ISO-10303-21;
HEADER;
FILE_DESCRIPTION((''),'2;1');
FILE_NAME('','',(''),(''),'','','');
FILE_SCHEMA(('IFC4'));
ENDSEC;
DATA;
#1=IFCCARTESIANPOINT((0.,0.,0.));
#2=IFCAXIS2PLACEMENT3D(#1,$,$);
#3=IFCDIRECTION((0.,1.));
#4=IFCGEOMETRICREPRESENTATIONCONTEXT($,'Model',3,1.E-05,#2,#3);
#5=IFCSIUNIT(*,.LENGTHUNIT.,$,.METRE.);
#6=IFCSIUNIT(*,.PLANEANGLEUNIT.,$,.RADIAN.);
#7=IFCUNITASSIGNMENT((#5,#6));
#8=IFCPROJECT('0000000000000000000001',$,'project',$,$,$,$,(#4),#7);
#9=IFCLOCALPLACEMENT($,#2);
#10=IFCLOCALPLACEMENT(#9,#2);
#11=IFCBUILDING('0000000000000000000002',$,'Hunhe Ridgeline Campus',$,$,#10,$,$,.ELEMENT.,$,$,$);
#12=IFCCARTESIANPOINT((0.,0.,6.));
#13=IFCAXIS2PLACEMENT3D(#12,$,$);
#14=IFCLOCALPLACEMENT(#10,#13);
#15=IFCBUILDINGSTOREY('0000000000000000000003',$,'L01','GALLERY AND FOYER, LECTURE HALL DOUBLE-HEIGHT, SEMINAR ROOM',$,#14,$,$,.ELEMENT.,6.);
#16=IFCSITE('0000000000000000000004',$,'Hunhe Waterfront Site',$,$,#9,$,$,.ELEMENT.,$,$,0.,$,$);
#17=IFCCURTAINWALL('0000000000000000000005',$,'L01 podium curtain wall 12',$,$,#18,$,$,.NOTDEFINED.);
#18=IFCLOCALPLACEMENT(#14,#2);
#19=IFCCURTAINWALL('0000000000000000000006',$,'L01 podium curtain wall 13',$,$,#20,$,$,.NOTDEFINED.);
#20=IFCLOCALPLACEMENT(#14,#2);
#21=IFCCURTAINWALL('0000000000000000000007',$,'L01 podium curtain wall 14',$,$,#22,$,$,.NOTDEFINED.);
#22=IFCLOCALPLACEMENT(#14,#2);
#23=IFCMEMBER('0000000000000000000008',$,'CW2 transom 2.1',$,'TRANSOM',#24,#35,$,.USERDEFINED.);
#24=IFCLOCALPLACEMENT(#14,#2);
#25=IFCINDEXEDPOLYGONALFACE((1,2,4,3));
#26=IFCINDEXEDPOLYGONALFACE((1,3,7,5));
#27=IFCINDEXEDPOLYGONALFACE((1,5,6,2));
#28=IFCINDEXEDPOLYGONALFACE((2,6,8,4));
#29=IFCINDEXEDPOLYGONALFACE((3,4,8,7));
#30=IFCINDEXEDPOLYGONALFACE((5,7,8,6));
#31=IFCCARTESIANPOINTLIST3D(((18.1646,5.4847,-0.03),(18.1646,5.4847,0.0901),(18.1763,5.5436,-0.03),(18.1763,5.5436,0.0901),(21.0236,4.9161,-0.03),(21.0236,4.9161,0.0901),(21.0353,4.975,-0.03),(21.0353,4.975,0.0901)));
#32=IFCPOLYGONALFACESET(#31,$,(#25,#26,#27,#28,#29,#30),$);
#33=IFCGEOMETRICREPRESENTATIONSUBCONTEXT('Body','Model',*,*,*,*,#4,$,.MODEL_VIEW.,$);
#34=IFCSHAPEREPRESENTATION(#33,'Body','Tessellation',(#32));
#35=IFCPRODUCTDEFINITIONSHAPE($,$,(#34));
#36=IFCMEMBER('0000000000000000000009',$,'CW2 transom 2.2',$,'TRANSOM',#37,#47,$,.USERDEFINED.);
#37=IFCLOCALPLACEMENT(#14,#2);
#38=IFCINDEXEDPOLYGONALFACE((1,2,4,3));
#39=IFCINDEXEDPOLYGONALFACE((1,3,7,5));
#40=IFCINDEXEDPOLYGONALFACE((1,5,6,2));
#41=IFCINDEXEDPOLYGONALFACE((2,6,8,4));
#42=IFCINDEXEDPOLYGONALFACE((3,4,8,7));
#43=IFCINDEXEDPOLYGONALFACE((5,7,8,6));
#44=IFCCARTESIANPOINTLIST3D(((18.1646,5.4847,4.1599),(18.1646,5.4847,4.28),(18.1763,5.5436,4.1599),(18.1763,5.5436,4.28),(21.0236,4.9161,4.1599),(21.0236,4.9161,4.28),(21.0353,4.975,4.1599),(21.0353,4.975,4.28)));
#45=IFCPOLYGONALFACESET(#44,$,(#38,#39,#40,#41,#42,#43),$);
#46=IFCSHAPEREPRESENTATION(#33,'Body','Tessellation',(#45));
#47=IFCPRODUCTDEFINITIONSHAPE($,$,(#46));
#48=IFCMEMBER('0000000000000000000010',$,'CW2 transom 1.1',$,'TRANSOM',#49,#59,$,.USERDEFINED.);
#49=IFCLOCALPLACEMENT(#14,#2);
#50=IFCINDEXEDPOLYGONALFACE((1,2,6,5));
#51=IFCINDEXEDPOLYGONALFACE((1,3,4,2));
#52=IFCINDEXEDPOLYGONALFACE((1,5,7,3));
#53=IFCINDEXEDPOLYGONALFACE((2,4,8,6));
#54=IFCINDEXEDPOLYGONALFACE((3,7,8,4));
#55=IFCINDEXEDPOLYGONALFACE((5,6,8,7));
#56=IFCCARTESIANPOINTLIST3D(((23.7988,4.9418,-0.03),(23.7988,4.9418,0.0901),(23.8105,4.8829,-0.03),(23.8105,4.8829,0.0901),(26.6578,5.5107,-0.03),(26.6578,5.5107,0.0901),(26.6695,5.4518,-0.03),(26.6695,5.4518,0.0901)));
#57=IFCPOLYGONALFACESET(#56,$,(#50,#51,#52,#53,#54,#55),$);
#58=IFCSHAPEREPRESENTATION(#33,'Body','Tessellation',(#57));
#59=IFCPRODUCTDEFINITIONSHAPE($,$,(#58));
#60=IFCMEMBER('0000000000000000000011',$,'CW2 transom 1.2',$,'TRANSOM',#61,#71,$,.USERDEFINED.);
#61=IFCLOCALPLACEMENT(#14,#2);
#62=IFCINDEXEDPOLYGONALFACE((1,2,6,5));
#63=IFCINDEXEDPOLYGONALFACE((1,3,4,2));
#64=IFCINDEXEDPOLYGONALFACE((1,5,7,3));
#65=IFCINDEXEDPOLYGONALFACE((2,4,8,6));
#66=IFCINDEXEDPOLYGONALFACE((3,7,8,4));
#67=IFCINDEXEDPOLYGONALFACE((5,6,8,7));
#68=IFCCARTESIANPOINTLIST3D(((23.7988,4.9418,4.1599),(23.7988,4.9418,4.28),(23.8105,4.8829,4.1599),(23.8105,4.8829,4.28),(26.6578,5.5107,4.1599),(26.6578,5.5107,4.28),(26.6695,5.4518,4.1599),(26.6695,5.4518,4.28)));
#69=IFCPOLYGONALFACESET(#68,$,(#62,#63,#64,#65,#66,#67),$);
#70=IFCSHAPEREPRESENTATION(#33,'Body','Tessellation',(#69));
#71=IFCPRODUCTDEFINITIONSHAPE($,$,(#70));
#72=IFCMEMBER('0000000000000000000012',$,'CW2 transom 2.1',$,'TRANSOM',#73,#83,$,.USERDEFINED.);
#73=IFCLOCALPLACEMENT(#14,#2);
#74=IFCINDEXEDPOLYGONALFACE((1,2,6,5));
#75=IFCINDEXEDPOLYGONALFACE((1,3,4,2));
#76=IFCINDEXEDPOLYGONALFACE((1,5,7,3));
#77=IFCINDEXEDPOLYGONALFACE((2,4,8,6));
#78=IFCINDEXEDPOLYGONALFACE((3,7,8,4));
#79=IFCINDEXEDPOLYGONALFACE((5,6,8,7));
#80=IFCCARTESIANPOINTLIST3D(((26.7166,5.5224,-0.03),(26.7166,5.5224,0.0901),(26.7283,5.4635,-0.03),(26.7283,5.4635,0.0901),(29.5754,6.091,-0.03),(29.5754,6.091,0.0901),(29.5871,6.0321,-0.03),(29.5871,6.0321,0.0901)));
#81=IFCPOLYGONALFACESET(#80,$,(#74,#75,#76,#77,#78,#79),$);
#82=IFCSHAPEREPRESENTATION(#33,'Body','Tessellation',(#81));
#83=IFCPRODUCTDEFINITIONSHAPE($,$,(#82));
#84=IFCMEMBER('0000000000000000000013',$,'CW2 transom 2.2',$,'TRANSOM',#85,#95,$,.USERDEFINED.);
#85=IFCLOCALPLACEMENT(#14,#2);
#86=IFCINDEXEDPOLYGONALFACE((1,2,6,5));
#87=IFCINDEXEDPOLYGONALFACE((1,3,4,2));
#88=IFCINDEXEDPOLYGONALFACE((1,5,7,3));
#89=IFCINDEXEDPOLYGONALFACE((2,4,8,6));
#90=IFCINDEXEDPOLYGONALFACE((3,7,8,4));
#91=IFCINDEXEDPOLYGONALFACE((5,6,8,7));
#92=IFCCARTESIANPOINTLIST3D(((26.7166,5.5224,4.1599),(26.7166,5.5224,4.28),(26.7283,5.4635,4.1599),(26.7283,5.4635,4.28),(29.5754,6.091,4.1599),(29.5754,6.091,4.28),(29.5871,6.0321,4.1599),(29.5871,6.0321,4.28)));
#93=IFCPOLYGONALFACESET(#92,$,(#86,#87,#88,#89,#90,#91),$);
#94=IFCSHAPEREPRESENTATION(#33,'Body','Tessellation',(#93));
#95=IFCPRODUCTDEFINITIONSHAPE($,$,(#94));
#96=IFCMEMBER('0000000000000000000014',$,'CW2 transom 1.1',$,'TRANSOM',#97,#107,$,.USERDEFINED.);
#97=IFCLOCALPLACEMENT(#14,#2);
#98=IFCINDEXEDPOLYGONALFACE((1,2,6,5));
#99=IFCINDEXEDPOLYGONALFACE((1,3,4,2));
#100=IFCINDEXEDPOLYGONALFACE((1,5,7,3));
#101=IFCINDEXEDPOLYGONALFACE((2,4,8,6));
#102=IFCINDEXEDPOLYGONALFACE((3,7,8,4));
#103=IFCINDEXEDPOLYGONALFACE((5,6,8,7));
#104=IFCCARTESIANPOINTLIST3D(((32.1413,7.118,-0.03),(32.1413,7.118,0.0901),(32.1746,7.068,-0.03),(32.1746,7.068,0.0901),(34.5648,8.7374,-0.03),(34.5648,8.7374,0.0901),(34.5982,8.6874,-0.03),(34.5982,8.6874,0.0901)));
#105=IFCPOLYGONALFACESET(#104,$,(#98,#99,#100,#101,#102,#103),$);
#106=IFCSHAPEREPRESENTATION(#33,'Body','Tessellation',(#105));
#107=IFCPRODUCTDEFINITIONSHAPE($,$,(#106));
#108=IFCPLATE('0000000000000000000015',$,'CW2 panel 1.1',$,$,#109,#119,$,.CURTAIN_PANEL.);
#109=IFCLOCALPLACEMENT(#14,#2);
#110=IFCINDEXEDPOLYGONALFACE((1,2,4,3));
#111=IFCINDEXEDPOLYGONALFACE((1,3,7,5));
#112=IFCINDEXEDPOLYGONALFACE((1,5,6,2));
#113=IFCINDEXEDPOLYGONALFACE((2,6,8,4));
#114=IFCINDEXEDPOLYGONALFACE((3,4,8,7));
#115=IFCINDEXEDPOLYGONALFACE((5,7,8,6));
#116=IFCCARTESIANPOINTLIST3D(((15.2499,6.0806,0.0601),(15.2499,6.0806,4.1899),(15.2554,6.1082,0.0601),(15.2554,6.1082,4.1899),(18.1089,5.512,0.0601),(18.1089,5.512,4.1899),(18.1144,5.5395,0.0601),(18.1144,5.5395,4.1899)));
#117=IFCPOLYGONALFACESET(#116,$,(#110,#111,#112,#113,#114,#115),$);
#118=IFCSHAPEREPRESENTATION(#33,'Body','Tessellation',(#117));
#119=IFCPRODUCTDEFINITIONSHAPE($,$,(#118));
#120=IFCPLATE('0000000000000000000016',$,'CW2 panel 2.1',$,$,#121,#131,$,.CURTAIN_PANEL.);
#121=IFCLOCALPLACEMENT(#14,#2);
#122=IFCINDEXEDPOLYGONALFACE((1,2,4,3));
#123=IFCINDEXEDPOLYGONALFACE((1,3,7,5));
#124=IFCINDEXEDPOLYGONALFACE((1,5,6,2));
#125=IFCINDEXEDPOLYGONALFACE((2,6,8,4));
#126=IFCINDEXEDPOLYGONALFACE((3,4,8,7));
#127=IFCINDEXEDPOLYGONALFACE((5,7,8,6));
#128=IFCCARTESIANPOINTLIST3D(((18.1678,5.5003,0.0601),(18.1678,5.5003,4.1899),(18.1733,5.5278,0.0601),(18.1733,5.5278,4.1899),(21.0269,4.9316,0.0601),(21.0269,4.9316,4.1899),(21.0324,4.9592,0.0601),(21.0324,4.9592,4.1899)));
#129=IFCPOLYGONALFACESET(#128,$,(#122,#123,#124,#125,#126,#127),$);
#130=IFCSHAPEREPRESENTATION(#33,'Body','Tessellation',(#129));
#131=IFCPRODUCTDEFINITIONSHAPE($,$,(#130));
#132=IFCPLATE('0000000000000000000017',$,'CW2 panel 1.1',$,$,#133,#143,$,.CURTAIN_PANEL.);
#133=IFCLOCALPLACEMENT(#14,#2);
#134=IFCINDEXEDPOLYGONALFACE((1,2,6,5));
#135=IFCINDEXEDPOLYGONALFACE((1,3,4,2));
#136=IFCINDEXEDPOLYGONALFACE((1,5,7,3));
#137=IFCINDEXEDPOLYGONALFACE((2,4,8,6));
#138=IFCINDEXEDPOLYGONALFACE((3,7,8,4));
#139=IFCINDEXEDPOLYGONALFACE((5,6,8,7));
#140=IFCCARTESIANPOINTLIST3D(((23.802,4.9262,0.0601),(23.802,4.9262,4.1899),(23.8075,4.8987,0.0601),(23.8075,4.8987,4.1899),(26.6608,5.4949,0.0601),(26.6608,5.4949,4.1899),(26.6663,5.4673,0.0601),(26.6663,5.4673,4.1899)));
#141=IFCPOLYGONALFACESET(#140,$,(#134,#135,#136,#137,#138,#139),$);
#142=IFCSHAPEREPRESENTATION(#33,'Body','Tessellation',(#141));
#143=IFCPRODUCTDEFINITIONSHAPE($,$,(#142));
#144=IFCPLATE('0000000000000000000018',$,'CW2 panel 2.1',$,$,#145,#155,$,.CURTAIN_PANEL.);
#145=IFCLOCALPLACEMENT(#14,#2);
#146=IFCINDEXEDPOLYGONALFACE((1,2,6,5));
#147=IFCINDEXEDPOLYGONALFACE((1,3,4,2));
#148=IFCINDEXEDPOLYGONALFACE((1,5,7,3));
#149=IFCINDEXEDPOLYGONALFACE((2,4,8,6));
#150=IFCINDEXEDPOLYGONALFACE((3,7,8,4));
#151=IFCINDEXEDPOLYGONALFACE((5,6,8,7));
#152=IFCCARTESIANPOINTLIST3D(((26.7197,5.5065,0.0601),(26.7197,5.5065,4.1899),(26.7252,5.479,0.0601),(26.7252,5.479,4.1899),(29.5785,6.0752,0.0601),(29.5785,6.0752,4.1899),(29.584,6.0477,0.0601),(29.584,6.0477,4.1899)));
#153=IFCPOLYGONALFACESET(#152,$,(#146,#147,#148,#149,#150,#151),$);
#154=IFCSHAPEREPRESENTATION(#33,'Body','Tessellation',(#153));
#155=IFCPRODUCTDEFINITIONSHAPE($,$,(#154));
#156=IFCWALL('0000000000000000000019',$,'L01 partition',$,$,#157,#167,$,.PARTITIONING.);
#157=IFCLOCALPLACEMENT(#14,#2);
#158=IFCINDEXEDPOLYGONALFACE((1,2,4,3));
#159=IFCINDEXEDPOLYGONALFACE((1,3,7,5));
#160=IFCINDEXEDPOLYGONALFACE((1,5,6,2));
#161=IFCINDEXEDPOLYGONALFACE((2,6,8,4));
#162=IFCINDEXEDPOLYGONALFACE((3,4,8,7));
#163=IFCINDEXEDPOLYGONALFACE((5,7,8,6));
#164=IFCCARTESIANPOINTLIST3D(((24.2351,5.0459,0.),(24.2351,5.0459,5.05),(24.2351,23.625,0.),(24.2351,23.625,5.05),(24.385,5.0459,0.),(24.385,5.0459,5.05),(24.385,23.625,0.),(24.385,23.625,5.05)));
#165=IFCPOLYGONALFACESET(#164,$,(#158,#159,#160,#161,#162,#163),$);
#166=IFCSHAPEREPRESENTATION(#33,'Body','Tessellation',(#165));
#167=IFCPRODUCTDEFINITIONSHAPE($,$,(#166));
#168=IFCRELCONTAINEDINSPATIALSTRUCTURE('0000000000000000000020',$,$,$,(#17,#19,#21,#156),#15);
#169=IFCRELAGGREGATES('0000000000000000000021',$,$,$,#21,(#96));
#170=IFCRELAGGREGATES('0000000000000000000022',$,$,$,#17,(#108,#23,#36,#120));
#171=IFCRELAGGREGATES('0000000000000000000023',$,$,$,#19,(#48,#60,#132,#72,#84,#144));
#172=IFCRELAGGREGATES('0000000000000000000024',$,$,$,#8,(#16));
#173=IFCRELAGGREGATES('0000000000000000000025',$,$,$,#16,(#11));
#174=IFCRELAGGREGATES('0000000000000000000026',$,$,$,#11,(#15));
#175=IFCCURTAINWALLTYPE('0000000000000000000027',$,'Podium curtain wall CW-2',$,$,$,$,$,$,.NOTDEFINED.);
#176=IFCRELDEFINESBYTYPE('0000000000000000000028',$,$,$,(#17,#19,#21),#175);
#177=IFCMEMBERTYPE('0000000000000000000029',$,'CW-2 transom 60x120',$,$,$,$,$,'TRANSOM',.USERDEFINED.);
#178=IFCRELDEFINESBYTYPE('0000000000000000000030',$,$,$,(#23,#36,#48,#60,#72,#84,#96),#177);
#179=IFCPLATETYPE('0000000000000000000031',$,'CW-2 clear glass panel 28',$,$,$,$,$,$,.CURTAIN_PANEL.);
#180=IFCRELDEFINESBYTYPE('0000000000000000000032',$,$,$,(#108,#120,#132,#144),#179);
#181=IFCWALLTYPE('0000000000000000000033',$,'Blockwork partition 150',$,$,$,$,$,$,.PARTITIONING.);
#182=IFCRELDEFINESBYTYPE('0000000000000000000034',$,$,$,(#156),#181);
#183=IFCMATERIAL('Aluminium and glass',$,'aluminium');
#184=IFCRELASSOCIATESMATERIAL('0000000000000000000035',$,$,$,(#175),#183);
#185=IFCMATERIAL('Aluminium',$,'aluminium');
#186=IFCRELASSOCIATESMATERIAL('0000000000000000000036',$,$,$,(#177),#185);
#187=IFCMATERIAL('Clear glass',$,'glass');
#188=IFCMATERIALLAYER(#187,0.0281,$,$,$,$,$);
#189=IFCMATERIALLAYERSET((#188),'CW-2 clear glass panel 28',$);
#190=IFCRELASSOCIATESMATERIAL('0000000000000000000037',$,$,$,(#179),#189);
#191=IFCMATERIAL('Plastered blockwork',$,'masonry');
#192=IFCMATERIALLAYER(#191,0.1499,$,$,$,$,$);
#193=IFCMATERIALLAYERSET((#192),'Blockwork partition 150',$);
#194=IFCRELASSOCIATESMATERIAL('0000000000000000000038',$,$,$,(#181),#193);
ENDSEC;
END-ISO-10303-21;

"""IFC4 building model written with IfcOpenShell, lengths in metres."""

from ifc_helpers import new_model, si_unit, direction, frame, frame_2d, origin, origin_2d, place, context, subcontext, project, spatial, rectangle, extrude, material, layer, layer_set, material_profile, profile_set, type_object, element, aggregate, save


model = new_model("IFC4")

# Units and contexts
model_context = context("Model", 3, precision=1e-05, world=origin(), true_north=direction((0.0, 1.0)))
body_context = subcontext(model_context, "Body", "Model", "MODEL_VIEW")
ifc_project = project(units=[si_unit("LENGTHUNIT", "METRE"), si_unit("PLANEANGLEUNIT", "RADIAN")], contexts=[model_context])

# Site, building, storey
site_placement = place(None, origin())
site = spatial("IfcSite", under=ifc_project, at=site_placement, Name="Hunhe Waterfront Site", CompositionType="ELEMENT", RefElevation=0.0)
building_placement = place(site_placement, origin())
building = spatial("IfcBuilding", under=site, at=building_placement, Name="Hunhe Ridgeline Campus", CompositionType="ELEMENT")
storey_placement = place(building_placement, frame((0.0, 0.0, 6.0)))
storey = spatial("IfcBuildingStorey", under=building, at=storey_placement, Name="L01", Description="GALLERY AND FOYER, LECTURE HALL DOUBLE-HEIGHT, SEMINAR ROOM", CompositionType="ELEMENT", Elevation=6.0)

# Curtain walls
ifc_material_1 = material(Name="Aluminium and glass", Category="aluminium")
curtain_wall_type = type_object("IfcCurtainWallType", Name="Podium curtain wall CW-2", PredefinedType="NOTDEFINED", material=ifc_material_1)
curtain_wall_1_placement = place(storey_placement, origin())
curtain_wall_1 = element("IfcCurtainWall", 1, at=curtain_wall_1_placement, inside=storey, type_object=curtain_wall_type, Name="L01 podium curtain wall 12", PredefinedType="NOTDEFINED")
ifc_material_2 = material(Name="Aluminium", Category="aluminium")
curtain_wall_2_placement = place(storey_placement, origin())
curtain_wall_2 = element("IfcCurtainWall", 2, at=curtain_wall_2_placement, inside=storey, type_object=curtain_wall_type, Name="L01 podium curtain wall 13", PredefinedType="NOTDEFINED")

# Curtain wall
curtain_wall_3_placement = place(storey_placement, origin())
curtain_wall_3 = element("IfcCurtainWall", 3, at=curtain_wall_3_placement, inside=storey, type_object=curtain_wall_type, Name="L01 podium curtain wall 14", PredefinedType="NOTDEFINED")

# Members
ifc_material_profile_1 = material_profile(ifc_material_2, rectangle(XDim=0.0601, YDim=0.1201, at=origin_2d()))
ifc_profile_set_1 = profile_set([ifc_material_profile_1], Name="Aluminium")
member_type_1 = type_object("IfcMemberType", Name="CW-2 transom 60x120", ElementType="TRANSOM", PredefinedType="USERDEFINED", material=ifc_profile_set_1)
member_1_placement = place(storey_placement, frame((18.1704, 5.5142, 0.03), z_axis=(0.980793, -0.195053, 0.0), x_axis=(0.195053, 0.980793, 0.0)))
member_1 = element("IfcMember", 4, at=member_1_placement, type_object=member_type_1, Name="CW2 transom 2.1", ObjectType="TRANSOM", PredefinedType="USERDEFINED", context=body_context, shape_type="SweptSolid", body=[
    extrude(rectangle(XDim=0.0601, YDim=0.1201, at=origin_2d()), origin(), (0.0, 0.0, 1.0), 2.915),
])
member_2_placement = place(storey_placement, frame((18.1704, 5.5142, 4.22), z_axis=(0.980793, -0.195053, 0.0), x_axis=(0.195053, 0.980793, 0.0)))
member_2 = element("IfcMember", 5, at=member_2_placement, type_object=member_type_1, Name="CW2 transom 2.2", ObjectType="TRANSOM", PredefinedType="USERDEFINED", context=body_context, shape_type="SweptSolid", body=[
    extrude(rectangle(XDim=0.0601, YDim=0.1201, at=origin_2d()), origin(), (0.0, 0.0, 1.0), 2.915),
])
member_3_placement = place(storey_placement, frame((23.8047, 4.9124, 0.03), z_axis=(0.980773, 0.19515, 0.0), x_axis=(-0.19515, 0.980773, 0.0)))
member_3 = element("IfcMember", 6, at=member_3_placement, type_object=member_type_1, Name="CW2 transom 1.1", ObjectType="TRANSOM", PredefinedType="USERDEFINED", context=body_context, shape_type="SweptSolid", body=[
    extrude(rectangle(XDim=0.0601, YDim=0.1201, at=origin_2d()), origin(), (0.0, 0.0, 1.0), 2.915),
])
member_4_placement = place(storey_placement, frame((23.8047, 4.9124, 4.22), z_axis=(0.980773, 0.19515, 0.0), x_axis=(-0.19515, 0.980773, 0.0)))
member_4 = element("IfcMember", 7, at=member_4_placement, type_object=member_type_1, Name="CW2 transom 1.2", ObjectType="TRANSOM", PredefinedType="USERDEFINED", context=body_context, shape_type="SweptSolid", body=[
    extrude(rectangle(XDim=0.0601, YDim=0.1201, at=origin_2d()), origin(), (0.0, 0.0, 1.0), 2.915),
])
member_5_placement = place(storey_placement, frame((26.7224, 5.4929, 0.03), z_axis=(0.98079, 0.195069, 0.0), x_axis=(-0.195069, 0.98079, 0.0)))
member_5 = element("IfcMember", 8, at=member_5_placement, type_object=member_type_1, Name="CW2 transom 2.1", ObjectType="TRANSOM", PredefinedType="USERDEFINED", context=body_context, shape_type="SweptSolid", body=[
    extrude(rectangle(XDim=0.0601, YDim=0.1201, at=origin_2d()), origin(), (0.0, 0.0, 1.0), 2.9148),
])
member_6_placement = place(storey_placement, frame((26.7224, 5.4929, 4.22), z_axis=(0.98079, 0.195069, 0.0), x_axis=(-0.195069, 0.98079, 0.0)))
member_6 = element("IfcMember", 9, at=member_6_placement, type_object=member_type_1, Name="CW2 transom 2.2", ObjectType="TRANSOM", PredefinedType="USERDEFINED", context=body_context, shape_type="SweptSolid", body=[
    extrude(rectangle(XDim=0.0601, YDim=0.1201, at=origin_2d()), origin(), (0.0, 0.0, 1.0), 2.9148),
])
member_7_placement = place(storey_placement, frame((32.158, 7.093, 0.03), z_axis=(0.83147, 0.55557, 0.0), x_axis=(-0.55557, 0.83147, 0.0)))
member_7 = element("IfcMember", 10, at=member_7_placement, type_object=member_type_1, Name="CW2 transom 1.1", ObjectType="TRANSOM", PredefinedType="USERDEFINED", context=body_context, shape_type="SweptSolid", body=[
    extrude(rectangle(XDim=0.0601, YDim=0.1201, at=origin_2d()), origin(), (0.0, 0.0, 1.0), 2.9148),
])
aggregate(curtain_wall_3, [member_7])

# Plates
ifc_material_3 = material(Name="Clear glass", Category="glass")
ifc_layer_1 = layer(ifc_material_3, 0.0281)
ifc_layer_set_1 = layer_set([ifc_layer_1], Name="CW-2 clear glass panel 28")
plate_type = type_object("IfcPlateType", Name="CW-2 clear glass panel 28", PredefinedType="CURTAIN_PANEL", material=ifc_layer_set_1)
plate_1_placement = place(storey_placement, frame((16.6821, 5.8101, 0.0601), z_axis=(0.0, 0.0, 1.0), x_axis=(0.980787, -0.195079, 0.0)))
plate_1 = element("IfcPlate", 11, at=plate_1_placement, type_object=plate_type, Name="CW2 panel 1.1", PredefinedType="CURTAIN_PANEL", context=body_context, shape_type="SweptSolid", body=[
    extrude(rectangle(XDim=2.915, YDim=0.0281, at=origin_2d()), origin(), (0.0, 0.0, 1.0), 4.1299),
])
plate_2_placement = place(storey_placement, frame((19.6001, 5.2297, 0.0601), z_axis=(0.0, 0.0, 1.0), x_axis=(0.980787, -0.195079, 0.0)))
plate_2 = element("IfcPlate", 12, at=plate_2_placement, type_object=plate_type, Name="CW2 panel 2.1", PredefinedType="CURTAIN_PANEL", context=body_context, shape_type="SweptSolid", body=[
    extrude(rectangle(XDim=2.915, YDim=0.0281, at=origin_2d()), origin(), (0.0, 0.0, 1.0), 4.1299),
])
aggregate(curtain_wall_1, [plate_1, member_1, member_2, plate_2])
plate_3_placement = place(storey_placement, frame((25.2341, 5.1968, 0.0601), z_axis=(0.0, 0.0, 1.0), x_axis=(0.980784, 0.195098, 0.0)))
plate_3 = element("IfcPlate", 13, at=plate_3_placement, type_object=plate_type, Name="CW2 panel 1.1", PredefinedType="CURTAIN_PANEL", context=body_context, shape_type="SweptSolid", body=[
    extrude(rectangle(XDim=2.9148, YDim=0.0281, at=origin_2d()), origin(), (0.0, 0.0, 1.0), 4.1299),
])
plate_4_placement = place(storey_placement, frame((28.1519, 5.7771, 0.0601), z_axis=(0.0, 0.0, 1.0), x_axis=(0.980784, 0.195098, 0.0)))
plate_4 = element("IfcPlate", 14, at=plate_4_placement, type_object=plate_type, Name="CW2 panel 2.1", PredefinedType="CURTAIN_PANEL", context=body_context, shape_type="SweptSolid", body=[
    extrude(rectangle(XDim=2.9148, YDim=0.0281, at=origin_2d()), origin(), (0.0, 0.0, 1.0), 4.1299),
])
aggregate(curtain_wall_2, [member_3, member_4, plate_3, member_5, member_6, plate_4])

# Wall
ifc_material_4 = material(Name="Plastered blockwork", Category="masonry")
ifc_layer_2 = layer(ifc_material_4, 0.1499)
ifc_layer_set_2 = layer_set([ifc_layer_2], Name="Blockwork partition 150")
wall_type = type_object("IfcWallType", Name="Blockwork partition 150", PredefinedType="PARTITIONING", material=ifc_layer_set_2)
wall_placement = place(storey_placement, frame((24.3101, 5.0459, 0.0), z_axis=(0.0, 0.0, 1.0), x_axis=(0.0, 1.0, 0.0)))
element("IfcWall", 15, at=wall_placement, inside=storey, type_object=wall_type, Name="L01 partition", PredefinedType="PARTITIONING", context=body_context, shape_type="SweptSolid", body=[
    extrude(rectangle(XDim=18.5791, YDim=0.1499, at=frame_2d((9.2896, 0.0))), origin(), (0.0, 0.0, 1.0), 5.05),
])

save(model, "model.ifc")
